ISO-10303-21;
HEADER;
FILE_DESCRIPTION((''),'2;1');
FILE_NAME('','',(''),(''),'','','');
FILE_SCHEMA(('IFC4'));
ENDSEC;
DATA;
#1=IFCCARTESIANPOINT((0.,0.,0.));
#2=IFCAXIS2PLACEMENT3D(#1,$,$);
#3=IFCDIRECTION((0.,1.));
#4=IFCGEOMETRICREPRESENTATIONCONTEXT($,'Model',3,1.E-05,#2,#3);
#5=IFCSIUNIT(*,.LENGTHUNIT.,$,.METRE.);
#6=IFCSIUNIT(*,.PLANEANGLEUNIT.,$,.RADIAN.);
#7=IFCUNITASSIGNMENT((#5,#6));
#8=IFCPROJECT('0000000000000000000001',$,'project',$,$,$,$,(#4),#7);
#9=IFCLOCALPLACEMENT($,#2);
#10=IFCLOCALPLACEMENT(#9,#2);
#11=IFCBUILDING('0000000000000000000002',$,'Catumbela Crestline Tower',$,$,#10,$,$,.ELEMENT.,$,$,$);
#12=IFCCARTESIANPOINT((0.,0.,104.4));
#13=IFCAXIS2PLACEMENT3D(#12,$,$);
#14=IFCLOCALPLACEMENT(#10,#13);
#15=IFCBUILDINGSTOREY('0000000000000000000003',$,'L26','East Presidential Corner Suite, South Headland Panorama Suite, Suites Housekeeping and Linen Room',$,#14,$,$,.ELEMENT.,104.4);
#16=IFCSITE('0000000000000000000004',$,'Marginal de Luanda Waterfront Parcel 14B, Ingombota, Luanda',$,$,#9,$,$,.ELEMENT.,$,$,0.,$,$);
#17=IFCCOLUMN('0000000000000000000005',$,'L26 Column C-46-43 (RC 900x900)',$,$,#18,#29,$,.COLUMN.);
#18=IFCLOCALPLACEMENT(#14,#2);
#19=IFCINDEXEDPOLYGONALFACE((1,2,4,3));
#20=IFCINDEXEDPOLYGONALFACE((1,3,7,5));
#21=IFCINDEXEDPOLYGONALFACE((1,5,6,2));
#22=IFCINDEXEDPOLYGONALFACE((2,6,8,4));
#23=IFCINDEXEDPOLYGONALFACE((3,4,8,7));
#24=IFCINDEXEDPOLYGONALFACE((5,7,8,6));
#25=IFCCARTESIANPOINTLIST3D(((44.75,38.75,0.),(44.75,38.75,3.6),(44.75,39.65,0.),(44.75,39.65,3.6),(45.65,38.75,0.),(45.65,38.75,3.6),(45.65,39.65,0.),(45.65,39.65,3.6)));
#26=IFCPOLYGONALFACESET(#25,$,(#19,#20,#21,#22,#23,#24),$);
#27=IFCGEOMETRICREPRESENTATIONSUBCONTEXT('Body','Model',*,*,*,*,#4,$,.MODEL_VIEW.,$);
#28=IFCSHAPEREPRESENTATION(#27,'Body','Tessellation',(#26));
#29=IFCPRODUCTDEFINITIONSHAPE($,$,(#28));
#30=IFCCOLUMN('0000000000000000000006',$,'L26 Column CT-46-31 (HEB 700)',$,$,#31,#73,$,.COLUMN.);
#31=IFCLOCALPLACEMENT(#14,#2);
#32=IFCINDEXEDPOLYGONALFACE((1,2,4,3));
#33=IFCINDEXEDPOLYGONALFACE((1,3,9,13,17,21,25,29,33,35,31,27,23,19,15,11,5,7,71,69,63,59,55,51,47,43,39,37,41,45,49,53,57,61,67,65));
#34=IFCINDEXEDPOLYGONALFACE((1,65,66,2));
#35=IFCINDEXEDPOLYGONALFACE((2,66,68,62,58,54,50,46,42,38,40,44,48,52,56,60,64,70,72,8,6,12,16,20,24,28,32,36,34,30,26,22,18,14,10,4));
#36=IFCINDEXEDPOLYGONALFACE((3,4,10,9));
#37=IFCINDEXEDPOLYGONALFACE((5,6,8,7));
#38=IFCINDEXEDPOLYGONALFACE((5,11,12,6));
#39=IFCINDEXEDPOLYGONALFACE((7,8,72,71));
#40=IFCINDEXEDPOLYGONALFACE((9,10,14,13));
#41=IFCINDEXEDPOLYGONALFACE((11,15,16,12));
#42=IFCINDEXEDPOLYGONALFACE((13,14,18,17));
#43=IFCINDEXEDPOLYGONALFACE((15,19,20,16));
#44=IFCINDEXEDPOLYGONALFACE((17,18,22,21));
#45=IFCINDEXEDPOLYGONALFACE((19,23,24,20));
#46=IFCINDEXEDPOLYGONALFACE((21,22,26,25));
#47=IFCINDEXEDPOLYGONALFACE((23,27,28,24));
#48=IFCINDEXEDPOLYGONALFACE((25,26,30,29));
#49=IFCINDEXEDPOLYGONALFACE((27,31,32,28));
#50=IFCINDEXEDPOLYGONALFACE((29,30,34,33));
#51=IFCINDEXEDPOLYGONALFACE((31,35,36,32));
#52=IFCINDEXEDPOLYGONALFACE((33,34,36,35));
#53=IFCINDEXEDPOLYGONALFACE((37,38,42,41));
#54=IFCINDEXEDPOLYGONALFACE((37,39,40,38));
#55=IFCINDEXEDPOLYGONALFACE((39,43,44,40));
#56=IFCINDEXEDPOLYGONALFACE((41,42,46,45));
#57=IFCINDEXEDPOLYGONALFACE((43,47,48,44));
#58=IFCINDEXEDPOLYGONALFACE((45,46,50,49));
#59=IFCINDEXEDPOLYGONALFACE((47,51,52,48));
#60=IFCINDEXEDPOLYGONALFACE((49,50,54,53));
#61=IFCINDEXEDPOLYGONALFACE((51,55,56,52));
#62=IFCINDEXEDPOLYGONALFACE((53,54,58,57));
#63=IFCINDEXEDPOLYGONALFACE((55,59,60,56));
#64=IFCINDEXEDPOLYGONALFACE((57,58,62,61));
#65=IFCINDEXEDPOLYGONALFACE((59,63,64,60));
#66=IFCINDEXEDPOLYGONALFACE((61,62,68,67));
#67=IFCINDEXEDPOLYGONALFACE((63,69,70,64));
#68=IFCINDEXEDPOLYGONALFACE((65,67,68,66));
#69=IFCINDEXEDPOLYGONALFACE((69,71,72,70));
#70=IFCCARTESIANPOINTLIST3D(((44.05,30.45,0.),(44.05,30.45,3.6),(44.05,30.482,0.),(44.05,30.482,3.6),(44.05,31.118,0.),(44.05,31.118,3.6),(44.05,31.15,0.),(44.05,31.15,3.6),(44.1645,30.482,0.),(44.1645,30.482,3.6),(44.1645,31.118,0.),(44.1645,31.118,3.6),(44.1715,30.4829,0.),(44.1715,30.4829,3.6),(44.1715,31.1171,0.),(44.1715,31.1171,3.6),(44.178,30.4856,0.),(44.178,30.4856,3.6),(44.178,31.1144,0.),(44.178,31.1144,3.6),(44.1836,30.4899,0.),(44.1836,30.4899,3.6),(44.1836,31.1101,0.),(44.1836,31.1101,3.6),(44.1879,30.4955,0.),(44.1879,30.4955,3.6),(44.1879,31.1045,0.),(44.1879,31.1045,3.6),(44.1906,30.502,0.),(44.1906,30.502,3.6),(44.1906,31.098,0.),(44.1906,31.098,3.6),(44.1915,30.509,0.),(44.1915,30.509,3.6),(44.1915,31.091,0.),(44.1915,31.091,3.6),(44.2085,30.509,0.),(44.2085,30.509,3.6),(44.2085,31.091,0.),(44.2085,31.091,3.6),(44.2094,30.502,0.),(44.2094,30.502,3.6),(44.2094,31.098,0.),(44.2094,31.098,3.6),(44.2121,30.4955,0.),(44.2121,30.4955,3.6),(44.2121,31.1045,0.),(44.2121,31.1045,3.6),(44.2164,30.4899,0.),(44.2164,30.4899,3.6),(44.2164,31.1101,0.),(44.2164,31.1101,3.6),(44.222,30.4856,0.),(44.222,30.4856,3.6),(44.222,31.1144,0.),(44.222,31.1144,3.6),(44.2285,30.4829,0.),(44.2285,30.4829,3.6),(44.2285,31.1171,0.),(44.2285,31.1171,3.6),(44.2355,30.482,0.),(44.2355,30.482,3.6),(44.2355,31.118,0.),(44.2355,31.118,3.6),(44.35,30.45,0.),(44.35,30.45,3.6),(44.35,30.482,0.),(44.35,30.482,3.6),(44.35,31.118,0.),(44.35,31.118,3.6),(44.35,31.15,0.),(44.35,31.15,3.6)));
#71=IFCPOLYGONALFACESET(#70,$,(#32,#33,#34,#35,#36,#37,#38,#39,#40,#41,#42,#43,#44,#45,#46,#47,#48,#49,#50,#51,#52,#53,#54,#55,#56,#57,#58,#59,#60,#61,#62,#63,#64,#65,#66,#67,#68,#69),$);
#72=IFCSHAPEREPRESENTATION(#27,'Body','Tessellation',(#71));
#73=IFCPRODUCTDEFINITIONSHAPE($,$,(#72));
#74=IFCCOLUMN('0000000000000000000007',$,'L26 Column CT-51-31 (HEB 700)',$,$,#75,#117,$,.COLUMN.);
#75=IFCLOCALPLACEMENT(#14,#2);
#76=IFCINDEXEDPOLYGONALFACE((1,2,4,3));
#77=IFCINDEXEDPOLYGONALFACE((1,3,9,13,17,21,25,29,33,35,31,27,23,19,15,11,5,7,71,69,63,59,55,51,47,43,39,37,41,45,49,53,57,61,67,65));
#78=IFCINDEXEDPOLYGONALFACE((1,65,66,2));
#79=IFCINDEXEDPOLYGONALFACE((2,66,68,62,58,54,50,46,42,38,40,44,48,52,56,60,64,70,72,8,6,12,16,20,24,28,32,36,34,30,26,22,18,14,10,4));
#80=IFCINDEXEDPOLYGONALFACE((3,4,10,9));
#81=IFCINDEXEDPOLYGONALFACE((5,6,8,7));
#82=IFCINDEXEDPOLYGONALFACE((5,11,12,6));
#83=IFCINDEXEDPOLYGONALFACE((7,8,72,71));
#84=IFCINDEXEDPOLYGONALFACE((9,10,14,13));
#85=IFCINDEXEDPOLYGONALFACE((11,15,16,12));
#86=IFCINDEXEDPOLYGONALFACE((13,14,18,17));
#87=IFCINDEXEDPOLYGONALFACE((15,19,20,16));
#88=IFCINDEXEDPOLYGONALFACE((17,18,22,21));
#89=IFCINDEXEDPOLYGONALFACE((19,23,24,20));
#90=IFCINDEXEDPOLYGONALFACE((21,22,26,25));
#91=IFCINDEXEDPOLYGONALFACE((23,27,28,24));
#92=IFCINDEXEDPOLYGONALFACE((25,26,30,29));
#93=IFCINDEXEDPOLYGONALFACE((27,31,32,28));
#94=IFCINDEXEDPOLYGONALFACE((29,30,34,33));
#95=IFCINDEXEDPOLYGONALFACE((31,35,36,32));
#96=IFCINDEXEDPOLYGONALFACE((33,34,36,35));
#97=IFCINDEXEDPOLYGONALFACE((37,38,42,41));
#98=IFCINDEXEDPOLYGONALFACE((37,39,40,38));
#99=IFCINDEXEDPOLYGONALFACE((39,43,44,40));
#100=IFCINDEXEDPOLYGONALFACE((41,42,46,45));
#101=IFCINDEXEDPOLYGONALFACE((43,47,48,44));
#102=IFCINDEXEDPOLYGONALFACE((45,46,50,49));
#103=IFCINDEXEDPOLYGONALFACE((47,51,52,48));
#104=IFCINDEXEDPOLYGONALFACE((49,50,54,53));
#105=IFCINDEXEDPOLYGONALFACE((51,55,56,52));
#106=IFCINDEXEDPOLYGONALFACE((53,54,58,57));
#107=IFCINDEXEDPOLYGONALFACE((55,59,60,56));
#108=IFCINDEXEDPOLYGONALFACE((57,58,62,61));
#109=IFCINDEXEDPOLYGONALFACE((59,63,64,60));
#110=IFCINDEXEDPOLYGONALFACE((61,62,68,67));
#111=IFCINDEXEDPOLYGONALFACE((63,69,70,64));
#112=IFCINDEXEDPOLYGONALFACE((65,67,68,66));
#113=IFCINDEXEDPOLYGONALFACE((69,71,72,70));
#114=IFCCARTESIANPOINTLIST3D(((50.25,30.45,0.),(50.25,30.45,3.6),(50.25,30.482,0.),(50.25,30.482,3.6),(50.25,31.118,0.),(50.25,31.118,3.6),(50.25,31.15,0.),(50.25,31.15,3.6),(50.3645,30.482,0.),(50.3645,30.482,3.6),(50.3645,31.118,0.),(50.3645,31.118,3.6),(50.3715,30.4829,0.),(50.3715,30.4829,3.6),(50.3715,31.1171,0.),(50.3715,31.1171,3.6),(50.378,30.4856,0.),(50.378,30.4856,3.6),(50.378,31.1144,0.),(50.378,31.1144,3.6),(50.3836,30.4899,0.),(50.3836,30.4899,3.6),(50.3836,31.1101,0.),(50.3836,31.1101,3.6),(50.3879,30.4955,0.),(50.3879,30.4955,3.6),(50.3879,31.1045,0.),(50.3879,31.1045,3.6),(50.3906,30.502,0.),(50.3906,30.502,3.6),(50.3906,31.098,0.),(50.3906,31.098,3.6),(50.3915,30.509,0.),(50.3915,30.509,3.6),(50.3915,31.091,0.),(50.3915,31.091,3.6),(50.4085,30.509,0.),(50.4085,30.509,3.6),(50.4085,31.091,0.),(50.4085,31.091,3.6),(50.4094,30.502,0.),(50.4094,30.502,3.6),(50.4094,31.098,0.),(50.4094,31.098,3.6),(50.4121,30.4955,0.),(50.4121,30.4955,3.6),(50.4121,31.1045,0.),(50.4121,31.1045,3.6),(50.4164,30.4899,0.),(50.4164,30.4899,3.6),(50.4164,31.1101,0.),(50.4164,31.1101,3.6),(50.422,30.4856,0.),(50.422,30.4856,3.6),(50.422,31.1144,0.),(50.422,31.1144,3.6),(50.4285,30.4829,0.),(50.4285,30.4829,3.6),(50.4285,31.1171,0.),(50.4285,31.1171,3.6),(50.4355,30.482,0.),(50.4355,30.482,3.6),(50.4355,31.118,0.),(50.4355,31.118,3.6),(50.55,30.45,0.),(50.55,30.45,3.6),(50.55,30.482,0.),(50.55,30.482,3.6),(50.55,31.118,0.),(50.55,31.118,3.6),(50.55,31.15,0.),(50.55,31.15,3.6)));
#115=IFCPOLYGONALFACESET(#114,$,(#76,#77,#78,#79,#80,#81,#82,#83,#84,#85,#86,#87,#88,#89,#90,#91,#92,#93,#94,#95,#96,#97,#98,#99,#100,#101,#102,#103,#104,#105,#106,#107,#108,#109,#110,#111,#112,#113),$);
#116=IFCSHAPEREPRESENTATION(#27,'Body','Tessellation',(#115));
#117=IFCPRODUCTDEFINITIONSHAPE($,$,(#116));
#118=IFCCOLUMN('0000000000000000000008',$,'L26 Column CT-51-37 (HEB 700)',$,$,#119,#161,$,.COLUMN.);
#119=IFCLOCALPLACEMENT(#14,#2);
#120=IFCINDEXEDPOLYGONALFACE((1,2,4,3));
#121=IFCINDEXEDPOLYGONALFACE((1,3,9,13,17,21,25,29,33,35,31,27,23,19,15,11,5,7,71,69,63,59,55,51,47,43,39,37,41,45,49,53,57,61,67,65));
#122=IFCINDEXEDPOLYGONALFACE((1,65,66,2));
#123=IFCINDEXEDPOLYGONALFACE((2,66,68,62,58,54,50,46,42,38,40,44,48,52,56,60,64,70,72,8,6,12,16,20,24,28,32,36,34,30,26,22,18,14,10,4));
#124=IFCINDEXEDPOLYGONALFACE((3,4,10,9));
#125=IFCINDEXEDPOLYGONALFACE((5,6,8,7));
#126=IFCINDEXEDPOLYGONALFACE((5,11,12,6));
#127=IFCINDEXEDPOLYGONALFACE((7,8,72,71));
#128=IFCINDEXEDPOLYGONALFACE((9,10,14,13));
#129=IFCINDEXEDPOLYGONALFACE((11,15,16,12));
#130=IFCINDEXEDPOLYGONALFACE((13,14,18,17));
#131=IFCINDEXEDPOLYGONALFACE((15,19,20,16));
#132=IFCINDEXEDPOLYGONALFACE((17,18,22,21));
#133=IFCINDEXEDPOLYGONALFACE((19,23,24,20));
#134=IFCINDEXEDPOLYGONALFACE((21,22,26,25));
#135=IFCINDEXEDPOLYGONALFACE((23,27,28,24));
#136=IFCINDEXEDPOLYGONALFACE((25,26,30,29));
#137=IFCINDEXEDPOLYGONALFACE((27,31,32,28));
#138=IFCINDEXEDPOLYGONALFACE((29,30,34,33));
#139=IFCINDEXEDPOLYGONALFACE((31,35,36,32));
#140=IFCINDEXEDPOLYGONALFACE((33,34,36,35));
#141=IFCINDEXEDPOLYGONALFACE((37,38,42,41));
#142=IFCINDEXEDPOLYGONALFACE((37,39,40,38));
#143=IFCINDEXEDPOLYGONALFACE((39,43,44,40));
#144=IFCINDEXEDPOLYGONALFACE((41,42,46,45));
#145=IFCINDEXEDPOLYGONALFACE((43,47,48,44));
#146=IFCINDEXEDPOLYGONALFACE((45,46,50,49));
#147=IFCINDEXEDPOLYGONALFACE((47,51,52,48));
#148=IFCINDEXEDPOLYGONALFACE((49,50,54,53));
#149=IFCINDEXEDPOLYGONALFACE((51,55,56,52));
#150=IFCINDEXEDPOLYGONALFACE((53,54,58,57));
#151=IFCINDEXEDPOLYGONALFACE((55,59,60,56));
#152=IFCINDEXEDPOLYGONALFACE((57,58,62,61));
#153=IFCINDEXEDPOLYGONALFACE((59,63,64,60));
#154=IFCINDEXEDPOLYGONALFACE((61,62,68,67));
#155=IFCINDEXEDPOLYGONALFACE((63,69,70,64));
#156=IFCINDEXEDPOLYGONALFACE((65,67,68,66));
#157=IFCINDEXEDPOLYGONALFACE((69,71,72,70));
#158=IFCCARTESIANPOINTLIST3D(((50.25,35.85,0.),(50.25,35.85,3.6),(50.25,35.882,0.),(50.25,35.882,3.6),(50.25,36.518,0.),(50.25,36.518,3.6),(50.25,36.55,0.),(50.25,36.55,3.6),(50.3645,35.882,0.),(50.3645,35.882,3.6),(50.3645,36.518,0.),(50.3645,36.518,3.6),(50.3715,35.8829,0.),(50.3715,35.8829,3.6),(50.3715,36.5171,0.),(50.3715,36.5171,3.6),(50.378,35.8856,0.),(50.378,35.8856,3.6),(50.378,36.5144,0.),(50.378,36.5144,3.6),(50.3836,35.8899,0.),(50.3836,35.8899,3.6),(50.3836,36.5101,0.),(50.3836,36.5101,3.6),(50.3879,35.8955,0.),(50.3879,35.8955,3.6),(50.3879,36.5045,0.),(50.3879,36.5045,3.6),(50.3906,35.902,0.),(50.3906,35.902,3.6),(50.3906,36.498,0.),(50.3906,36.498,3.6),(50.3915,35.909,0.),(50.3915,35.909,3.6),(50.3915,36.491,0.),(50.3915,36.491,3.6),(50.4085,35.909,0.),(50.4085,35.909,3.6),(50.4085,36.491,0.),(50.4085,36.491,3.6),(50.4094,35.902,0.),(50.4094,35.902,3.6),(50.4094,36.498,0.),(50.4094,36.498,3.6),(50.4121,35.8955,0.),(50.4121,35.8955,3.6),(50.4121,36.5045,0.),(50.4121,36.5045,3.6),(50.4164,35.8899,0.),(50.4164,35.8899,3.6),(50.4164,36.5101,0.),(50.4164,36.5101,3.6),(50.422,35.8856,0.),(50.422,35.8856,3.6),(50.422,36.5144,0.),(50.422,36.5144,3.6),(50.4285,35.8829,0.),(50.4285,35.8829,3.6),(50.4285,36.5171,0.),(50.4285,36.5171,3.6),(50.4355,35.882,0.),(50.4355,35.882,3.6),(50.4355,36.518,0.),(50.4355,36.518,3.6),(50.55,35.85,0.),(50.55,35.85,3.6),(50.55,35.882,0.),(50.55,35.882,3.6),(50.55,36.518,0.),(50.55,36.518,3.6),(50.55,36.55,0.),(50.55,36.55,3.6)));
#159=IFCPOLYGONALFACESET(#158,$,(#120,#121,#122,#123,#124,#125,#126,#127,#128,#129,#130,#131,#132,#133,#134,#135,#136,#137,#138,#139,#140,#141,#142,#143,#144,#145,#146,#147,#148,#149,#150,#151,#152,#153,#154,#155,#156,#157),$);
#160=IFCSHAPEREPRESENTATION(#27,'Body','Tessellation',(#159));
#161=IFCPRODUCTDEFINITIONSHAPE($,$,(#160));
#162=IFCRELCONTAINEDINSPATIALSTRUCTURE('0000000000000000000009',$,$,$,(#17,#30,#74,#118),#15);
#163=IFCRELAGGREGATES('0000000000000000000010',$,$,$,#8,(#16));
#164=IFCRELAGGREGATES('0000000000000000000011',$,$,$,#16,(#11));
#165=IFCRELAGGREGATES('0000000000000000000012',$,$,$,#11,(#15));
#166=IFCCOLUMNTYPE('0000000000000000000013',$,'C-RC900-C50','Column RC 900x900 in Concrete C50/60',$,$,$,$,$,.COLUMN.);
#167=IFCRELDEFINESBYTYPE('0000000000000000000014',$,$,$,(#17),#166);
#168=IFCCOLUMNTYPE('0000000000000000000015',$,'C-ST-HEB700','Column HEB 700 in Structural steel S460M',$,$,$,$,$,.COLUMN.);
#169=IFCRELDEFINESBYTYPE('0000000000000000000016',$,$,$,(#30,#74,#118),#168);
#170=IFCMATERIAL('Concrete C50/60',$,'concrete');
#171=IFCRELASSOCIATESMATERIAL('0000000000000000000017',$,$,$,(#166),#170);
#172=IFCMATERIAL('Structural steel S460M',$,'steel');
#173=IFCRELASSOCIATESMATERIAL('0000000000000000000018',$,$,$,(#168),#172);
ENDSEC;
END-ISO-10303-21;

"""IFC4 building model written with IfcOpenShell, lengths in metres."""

from ifc_helpers import new_model, si_unit, direction, frame, origin, origin_2d, place, context, subcontext, project, spatial, rectangle, i_section, extrude, material, material_profile, profile_set, type_object, element, save


model = new_model("IFC4")

# Units and contexts
model_context = context("Model", 3, precision=1e-05, world=origin(), true_north=direction((0.0, 1.0)))
body_context = subcontext(model_context, "Body", "Model", "MODEL_VIEW")
ifc_project = project(units=[si_unit("LENGTHUNIT", "METRE"), si_unit("PLANEANGLEUNIT", "RADIAN")], contexts=[model_context])

# Site, building, storey
site_placement = place(None, origin())
site = spatial("IfcSite", under=ifc_project, at=site_placement, Name="Marginal de Luanda Waterfront Parcel 14B, Ingombota, Luanda", CompositionType="ELEMENT", RefElevation=0.0)
building_placement = place(site_placement, origin())
building = spatial("IfcBuilding", under=site, at=building_placement, Name="Catumbela Crestline Tower", CompositionType="ELEMENT")
storey_placement = place(building_placement, frame((0.0, 0.0, 104.4)))
storey = spatial("IfcBuildingStorey", under=building, at=storey_placement, Name="L26", Description="East Presidential Corner Suite, South Headland Panorama Suite, Suites Housekeeping and Linen Room", CompositionType="ELEMENT", Elevation=104.4)

# Columns
ifc_material_1 = material(Name="Concrete C50/60", Category="concrete")
ifc_material_profile_1 = material_profile(ifc_material_1, rectangle(XDim=0.9, YDim=0.9, at=origin_2d()), Name="RC 900x900")
ifc_profile_set_1 = profile_set([ifc_material_profile_1], Name="Concrete C50/60")
column_type_1 = type_object("IfcColumnType", Name="C-RC900-C50", Description="Column RC 900x900 in Concrete C50/60", PredefinedType="COLUMN", material=ifc_profile_set_1)
column_placement = place(storey_placement, frame((45.2, 39.2, 0.0), z_axis=(0.0, 0.0, 1.0), x_axis=(1.0, 0.0, 0.0)))
element("IfcColumn", 1, at=column_placement, inside=storey, type_object=column_type_1, Name="L26 Column C-46-43 (RC 900x900)", PredefinedType="COLUMN", context=body_context, shape_type="SweptSolid", body=[
    extrude(rectangle(XDim=0.9, YDim=0.9, at=origin_2d()), origin(), (0.0, 0.0, 1.0), 3.6),
])
ifc_material_2 = material(Name="Structural steel S460M", Category="steel")
ifc_material_profile_2 = material_profile(ifc_material_2, i_section(OverallWidth=0.3, OverallDepth=0.7, WebThickness=0.017, FlangeThickness=0.032, FilletRadius=0.027, at=origin_2d()), Name="HEB 700")
ifc_profile_set_2 = profile_set([ifc_material_profile_2], Name="Structural steel S460M")
column_type_2 = type_object("IfcColumnType", Name="C-ST-HEB700", Description="Column HEB 700 in Structural steel S460M", PredefinedType="COLUMN", material=ifc_profile_set_2)
for number, where, z_axis, x_axis, name in (
    (2, (44.2, 30.8, 0.0), (0.0, 0.0, 1.0), (1.0, 0.0, 0.0), "L26 Column CT-46-31 (HEB 700)"),
    (3, (50.4, 30.8, 0.0), (0.0, 0.0, 1.0), (1.0, 0.0, 0.0), "L26 Column CT-51-31 (HEB 700)"),
    (4, (50.4, 36.2, 0.0), (0.0, 0.0, 1.0), (1.0, 0.0, 0.0), "L26 Column CT-51-37 (HEB 700)"),
):
    element("IfcColumn", number, at=place(storey_placement, frame(where, z_axis=z_axis, x_axis=x_axis)), inside=storey, type_object=column_type_2, Name=name, PredefinedType="COLUMN", context=body_context, shape_type="SweptSolid", body=[
        extrude(i_section(OverallWidth=0.3, OverallDepth=0.7, WebThickness=0.017, FlangeThickness=0.032, FilletRadius=0.027, at=origin_2d()), origin(), (0.0, 0.0, 1.0), 3.6),
    ])

save(model, "model.ifc")
